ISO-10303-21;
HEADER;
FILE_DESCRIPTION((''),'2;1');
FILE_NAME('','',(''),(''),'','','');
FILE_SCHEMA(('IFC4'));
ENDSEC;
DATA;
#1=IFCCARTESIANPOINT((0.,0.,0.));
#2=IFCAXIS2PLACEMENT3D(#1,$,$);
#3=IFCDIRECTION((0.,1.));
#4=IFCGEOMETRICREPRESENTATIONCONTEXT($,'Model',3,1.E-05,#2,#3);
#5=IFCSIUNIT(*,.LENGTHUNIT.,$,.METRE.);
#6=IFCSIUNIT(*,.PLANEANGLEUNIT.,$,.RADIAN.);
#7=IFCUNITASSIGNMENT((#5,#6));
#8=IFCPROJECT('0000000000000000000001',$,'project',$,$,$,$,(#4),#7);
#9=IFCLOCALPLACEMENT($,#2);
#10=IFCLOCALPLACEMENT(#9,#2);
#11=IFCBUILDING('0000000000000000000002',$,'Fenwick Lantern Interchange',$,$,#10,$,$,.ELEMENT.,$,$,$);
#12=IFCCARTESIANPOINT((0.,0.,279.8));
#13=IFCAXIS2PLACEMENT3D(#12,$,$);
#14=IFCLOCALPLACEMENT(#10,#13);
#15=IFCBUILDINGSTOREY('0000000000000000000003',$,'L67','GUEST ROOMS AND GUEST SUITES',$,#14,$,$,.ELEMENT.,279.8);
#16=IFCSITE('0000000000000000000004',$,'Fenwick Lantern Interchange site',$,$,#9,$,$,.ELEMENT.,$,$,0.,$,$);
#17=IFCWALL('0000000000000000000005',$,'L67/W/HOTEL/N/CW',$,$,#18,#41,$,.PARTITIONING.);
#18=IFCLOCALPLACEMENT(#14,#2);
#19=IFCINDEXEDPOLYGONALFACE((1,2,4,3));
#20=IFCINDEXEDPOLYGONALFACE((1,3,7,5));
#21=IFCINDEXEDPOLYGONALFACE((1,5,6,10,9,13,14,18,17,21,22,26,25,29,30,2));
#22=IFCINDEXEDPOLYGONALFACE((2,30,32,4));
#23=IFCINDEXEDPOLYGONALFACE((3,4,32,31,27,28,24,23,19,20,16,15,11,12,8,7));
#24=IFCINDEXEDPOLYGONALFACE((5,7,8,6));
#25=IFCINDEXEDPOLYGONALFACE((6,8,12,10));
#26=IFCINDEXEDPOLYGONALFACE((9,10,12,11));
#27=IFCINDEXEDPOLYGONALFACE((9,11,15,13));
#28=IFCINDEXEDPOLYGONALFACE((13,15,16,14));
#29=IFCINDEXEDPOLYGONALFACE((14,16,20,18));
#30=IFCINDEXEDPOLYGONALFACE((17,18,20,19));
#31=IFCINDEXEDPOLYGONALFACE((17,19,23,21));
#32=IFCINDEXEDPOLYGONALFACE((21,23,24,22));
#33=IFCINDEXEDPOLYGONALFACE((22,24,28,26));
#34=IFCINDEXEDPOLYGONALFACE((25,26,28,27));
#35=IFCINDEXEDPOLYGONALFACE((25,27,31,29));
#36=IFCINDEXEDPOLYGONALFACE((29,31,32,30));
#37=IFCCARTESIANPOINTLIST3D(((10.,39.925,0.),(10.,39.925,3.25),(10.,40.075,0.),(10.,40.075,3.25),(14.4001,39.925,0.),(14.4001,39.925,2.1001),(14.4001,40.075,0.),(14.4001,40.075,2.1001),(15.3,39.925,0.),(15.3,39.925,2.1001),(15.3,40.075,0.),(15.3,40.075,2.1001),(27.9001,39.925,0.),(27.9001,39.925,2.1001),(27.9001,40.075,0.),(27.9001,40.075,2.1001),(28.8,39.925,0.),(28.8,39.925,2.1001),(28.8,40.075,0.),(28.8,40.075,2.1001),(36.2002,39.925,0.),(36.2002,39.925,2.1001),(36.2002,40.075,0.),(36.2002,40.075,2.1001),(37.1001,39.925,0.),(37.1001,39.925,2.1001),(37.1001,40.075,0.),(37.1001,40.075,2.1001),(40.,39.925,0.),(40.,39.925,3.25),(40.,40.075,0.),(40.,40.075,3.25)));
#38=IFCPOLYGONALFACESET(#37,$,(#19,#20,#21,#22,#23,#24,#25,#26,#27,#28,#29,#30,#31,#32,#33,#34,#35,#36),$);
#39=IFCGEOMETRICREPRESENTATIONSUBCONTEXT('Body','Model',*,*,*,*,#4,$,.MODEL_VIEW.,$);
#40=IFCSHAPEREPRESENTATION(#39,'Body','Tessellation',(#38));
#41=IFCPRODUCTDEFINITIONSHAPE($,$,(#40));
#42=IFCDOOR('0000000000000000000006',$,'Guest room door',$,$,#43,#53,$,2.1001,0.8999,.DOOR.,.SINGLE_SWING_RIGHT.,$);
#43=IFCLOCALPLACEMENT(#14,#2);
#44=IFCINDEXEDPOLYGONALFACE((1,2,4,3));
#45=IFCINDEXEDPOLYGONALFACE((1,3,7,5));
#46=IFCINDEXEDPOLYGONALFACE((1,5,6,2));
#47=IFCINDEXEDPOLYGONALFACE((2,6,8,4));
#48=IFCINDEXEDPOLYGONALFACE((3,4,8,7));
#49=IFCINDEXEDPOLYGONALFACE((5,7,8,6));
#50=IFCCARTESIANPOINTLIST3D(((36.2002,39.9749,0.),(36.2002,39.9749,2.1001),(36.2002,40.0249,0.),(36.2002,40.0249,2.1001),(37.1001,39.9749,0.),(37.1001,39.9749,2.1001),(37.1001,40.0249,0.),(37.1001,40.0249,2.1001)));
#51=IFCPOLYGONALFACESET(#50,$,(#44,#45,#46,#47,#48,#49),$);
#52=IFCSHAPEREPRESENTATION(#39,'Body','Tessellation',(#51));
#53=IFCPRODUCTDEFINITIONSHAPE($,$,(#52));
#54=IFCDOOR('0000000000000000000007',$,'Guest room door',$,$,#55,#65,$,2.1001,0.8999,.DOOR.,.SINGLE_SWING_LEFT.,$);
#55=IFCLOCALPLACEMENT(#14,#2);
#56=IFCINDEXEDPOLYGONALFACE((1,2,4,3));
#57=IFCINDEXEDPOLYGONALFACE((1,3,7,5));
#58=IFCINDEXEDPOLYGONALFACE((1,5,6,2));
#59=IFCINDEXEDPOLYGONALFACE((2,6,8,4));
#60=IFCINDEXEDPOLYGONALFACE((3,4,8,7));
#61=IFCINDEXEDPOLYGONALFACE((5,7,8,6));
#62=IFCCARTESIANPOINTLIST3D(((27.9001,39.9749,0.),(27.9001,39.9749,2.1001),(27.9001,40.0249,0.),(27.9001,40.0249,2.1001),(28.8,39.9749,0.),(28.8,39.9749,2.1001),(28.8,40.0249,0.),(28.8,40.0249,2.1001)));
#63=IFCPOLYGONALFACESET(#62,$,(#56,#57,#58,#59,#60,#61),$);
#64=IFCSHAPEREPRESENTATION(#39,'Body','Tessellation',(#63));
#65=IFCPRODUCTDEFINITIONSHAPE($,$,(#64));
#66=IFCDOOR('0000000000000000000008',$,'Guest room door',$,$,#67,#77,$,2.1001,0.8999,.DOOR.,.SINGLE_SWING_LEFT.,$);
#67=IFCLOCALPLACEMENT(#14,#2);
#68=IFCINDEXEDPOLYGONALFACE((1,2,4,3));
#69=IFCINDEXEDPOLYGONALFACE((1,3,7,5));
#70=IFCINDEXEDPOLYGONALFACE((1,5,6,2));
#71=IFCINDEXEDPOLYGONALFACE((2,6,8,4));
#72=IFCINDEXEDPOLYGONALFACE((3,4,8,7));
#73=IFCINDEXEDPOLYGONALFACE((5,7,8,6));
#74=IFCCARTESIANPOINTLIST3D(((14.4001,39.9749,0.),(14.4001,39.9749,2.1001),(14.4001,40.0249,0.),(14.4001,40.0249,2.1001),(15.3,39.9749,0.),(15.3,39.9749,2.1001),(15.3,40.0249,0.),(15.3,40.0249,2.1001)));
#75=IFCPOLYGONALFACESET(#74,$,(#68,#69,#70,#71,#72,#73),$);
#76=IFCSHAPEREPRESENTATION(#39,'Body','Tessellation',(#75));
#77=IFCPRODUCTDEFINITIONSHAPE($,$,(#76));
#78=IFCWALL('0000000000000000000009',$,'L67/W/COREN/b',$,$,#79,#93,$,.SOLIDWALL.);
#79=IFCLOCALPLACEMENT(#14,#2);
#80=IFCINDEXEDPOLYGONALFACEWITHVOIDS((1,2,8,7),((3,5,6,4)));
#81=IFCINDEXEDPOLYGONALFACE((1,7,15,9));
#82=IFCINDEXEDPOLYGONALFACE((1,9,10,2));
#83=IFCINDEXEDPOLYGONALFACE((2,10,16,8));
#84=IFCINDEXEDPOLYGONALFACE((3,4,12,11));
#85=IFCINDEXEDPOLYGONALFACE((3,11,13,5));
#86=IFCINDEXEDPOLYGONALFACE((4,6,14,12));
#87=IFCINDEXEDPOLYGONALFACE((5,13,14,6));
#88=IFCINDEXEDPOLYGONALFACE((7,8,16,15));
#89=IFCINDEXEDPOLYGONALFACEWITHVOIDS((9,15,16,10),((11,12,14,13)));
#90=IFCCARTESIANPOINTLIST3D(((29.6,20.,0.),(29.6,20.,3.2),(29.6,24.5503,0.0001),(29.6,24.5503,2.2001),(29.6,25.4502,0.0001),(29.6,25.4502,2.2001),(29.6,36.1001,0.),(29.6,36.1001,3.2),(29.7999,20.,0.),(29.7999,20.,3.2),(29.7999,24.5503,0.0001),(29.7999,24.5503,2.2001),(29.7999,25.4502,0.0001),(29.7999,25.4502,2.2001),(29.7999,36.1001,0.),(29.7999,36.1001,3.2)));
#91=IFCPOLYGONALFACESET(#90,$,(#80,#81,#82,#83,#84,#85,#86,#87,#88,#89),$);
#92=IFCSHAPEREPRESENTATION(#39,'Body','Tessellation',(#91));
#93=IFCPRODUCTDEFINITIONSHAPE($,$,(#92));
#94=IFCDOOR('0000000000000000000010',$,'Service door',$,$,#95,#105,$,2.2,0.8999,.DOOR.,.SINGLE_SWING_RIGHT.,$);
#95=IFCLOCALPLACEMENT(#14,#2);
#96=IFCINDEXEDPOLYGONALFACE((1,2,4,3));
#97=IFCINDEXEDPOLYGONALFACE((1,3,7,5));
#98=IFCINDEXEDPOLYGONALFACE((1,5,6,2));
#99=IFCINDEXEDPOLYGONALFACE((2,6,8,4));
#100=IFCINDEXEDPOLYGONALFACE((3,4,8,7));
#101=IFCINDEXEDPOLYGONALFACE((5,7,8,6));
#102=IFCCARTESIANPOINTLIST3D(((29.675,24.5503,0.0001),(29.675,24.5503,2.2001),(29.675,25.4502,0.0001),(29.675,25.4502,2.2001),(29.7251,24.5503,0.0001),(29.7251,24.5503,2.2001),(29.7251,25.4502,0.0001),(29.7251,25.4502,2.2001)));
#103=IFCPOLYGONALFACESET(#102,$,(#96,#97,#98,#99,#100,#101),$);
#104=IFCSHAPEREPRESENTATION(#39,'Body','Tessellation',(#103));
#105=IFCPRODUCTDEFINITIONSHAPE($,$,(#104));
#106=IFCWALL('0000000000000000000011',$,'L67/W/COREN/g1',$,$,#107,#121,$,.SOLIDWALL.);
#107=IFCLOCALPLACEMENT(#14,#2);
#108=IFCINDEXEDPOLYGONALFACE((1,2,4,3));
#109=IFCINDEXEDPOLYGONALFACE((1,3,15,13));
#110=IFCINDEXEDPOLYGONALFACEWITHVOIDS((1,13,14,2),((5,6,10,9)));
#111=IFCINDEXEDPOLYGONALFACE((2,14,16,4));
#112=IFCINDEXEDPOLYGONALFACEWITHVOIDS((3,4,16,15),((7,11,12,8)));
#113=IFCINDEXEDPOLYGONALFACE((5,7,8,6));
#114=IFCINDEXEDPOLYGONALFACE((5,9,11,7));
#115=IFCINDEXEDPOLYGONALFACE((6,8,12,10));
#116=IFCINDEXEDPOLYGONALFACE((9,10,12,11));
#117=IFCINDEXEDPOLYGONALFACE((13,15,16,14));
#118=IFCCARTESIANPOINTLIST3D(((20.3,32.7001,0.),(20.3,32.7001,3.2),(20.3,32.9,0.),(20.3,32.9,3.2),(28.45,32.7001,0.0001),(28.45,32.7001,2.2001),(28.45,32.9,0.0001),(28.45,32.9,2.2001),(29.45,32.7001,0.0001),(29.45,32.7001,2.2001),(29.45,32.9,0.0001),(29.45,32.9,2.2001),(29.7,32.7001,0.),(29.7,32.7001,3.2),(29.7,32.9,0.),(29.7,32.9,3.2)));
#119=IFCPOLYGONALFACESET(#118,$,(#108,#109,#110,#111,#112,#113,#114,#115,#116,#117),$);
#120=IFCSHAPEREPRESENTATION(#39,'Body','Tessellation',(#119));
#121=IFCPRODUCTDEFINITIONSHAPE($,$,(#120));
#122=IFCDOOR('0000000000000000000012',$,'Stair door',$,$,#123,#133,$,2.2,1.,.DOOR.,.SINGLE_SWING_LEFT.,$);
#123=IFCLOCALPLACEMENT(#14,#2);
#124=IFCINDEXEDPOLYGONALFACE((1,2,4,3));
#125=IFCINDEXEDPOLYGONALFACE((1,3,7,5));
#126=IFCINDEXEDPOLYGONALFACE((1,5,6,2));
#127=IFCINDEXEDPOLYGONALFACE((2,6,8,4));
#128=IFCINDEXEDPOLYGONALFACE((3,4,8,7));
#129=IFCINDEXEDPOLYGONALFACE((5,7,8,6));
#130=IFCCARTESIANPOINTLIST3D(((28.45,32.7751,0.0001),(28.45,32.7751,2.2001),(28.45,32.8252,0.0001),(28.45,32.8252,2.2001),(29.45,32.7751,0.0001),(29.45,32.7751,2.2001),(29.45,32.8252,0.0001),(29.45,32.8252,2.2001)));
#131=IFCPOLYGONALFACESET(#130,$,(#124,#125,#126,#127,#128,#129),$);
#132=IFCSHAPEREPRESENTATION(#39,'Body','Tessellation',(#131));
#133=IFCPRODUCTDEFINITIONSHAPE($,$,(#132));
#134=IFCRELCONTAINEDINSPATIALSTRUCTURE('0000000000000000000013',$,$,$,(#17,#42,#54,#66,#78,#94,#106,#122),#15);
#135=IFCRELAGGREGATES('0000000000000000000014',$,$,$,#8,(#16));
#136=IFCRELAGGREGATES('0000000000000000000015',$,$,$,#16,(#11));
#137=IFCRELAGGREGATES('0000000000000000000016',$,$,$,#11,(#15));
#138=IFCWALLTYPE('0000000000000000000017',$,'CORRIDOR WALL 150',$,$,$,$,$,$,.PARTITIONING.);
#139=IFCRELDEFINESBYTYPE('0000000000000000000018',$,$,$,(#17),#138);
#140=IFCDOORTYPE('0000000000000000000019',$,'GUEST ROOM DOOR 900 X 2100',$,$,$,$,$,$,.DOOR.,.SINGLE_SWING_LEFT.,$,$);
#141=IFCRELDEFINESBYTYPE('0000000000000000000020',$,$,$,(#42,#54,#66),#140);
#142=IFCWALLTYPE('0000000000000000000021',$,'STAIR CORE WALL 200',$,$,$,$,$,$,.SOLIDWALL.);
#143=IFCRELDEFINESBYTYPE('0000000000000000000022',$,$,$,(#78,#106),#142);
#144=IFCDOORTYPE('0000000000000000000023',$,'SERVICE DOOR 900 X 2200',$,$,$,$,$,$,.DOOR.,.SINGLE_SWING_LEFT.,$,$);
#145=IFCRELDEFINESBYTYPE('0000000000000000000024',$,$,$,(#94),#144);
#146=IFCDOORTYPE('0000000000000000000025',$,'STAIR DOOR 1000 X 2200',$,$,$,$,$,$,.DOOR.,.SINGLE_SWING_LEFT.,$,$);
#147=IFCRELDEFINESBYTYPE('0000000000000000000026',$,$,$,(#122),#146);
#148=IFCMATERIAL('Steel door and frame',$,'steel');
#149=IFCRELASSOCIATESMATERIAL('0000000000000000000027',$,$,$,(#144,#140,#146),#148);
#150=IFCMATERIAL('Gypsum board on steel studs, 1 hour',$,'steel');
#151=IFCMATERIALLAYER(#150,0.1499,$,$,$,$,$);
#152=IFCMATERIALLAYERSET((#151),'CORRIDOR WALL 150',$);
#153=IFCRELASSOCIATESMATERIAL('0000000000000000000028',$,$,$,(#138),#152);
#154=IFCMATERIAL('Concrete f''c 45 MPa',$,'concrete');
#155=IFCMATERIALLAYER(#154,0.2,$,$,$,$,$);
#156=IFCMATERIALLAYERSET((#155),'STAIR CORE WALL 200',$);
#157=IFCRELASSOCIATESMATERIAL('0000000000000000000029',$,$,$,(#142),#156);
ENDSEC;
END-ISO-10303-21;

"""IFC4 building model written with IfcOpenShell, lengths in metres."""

from ifc_helpers import new_model, si_unit, direction, frame, frame_2d, origin, place, context, subcontext, project, spatial, rectangle, extrude, material, layer, layer_set, type_object, element, fill, save


model = new_model("IFC4")

# Units and contexts
model_context = context("Model", 3, precision=1e-05, world=origin(), true_north=direction((0.0, 1.0)))
body_context = subcontext(model_context, "Body", "Model", "MODEL_VIEW")
ifc_project = project(units=[si_unit("LENGTHUNIT", "METRE"), si_unit("PLANEANGLEUNIT", "RADIAN")], contexts=[model_context])

# Site, building, storey
site_placement = place(None, origin())
site = spatial("IfcSite", under=ifc_project, at=site_placement, Name="Fenwick Lantern Interchange site", CompositionType="ELEMENT", RefElevation=0.0)
building_placement = place(site_placement, origin())
building = spatial("IfcBuilding", under=site, at=building_placement, Name="Fenwick Lantern Interchange", CompositionType="ELEMENT")
storey_placement = place(building_placement, frame((0.0, 0.0, 279.8)))
storey = spatial("IfcBuildingStorey", under=building, at=storey_placement, Name="L67", Description="GUEST ROOMS AND GUEST SUITES", CompositionType="ELEMENT", Elevation=279.8)

# Shared definitions
ifc_material_1 = material(Name="Steel door and frame", Category="steel")
door_type_1 = type_object("IfcDoorType", Name="SERVICE DOOR 900 X 2200", OperationType="SINGLE_SWING_LEFT", PredefinedType="DOOR", material=ifc_material_1)

# Wall, openings, doors
ifc_material_2 = material(Name="Gypsum board on steel studs, 1 hour", Category="steel")
ifc_layer_1 = layer(ifc_material_2, 0.1499)
ifc_layer_set_1 = layer_set([ifc_layer_1], Name="CORRIDOR WALL 150")
wall_type_1 = type_object("IfcWallType", Name="CORRIDOR WALL 150", PredefinedType="PARTITIONING", material=ifc_layer_set_1)
wall_1_placement = place(storey_placement, frame((40.0, 40.0, 0.0), z_axis=(0.0, 0.0, 1.0), x_axis=(-1.0, 0.0, 0.0)))
wall_1 = element("IfcWall", 1, at=wall_1_placement, inside=storey, type_object=wall_type_1, Name="L67/W/HOTEL/N/CW", PredefinedType="PARTITIONING", context=body_context, shape_type="SweptSolid", body=[
    extrude(rectangle(XDim=30.0, YDim=0.1499, at=frame_2d((15.0, 0.0))), origin(), (0.0, 0.0, 1.0), 3.25),
])
opening_1_placement = place(wall_1_placement, frame((2.8999, 0.0, 0.0)))
opening_1 = element("IfcOpeningElement", 2, at=opening_1_placement, cuts=wall_1, PredefinedType="OPENING", context=body_context, shape_type="SweptSolid", body=[
    extrude(rectangle(XDim=0.8999, YDim=2.1001, at=frame_2d((0.45, 1.05))), frame((0.0, 0.085, 0.0), z_axis=(0.0, -1.0, 0.0), x_axis=(1.0, 0.0, 0.0)), (0.0, 0.0, 1.0), 0.1699),
])
opening_2_placement = place(wall_1_placement, frame((11.2, 0.0, 0.0)))
opening_2 = element("IfcOpeningElement", 3, at=opening_2_placement, cuts=wall_1, PredefinedType="OPENING", context=body_context, shape_type="SweptSolid", body=[
    extrude(rectangle(XDim=0.8999, YDim=2.1001, at=frame_2d((0.45, 1.05))), frame((0.0, 0.085, 0.0), z_axis=(0.0, -1.0, 0.0), x_axis=(1.0, 0.0, 0.0)), (0.0, 0.0, 1.0), 0.1699),
])
opening_3_placement = place(wall_1_placement, frame((24.7, 0.0, 0.0)))
opening_3 = element("IfcOpeningElement", 4, at=opening_3_placement, cuts=wall_1, PredefinedType="OPENING", context=body_context, shape_type="SweptSolid", body=[
    extrude(rectangle(XDim=0.8999, YDim=2.1001, at=frame_2d((0.45, 1.05))), frame((0.0, 0.085, 0.0), z_axis=(0.0, -1.0, 0.0), x_axis=(1.0, 0.0, 0.0)), (0.0, 0.0, 1.0), 0.1699),
])
door_type_2 = type_object("IfcDoorType", Name="GUEST ROOM DOOR 900 X 2100", OperationType="SINGLE_SWING_LEFT", PredefinedType="DOOR", material=ifc_material_1)
door_1_placement = place(opening_1_placement, frame((0.8999, 0.0, 0.0), z_axis=(0.0, 0.0, 1.0), x_axis=(-1.0, 0.0, 0.0)))
door_1 = element("IfcDoor", 5, at=door_1_placement, inside=storey, type_object=door_type_2, Name="Guest room door", OperationType="SINGLE_SWING_RIGHT", OverallHeight=2.1001, OverallWidth=0.8999, PredefinedType="DOOR", context=body_context, shape_type="SweptSolid", body=[
    extrude(rectangle(XDim=0.8999, YDim=2.1001, at=frame_2d((0.45, 1.05))), frame((0.0, 0.0249, 0.0), z_axis=(0.0, -1.0, 0.0), x_axis=(1.0, 0.0, 0.0)), (0.0, 0.0, 1.0), 0.05),
])
fill(opening_1, door_1)
door_2_placement = place(opening_2_placement, frame((0.8999, 0.0, 0.0), z_axis=(0.0, 0.0, 1.0), x_axis=(-1.0, 0.0, 0.0)))
door_2 = element("IfcDoor", 6, at=door_2_placement, inside=storey, type_object=door_type_2, Name="Guest room door", OperationType="SINGLE_SWING_LEFT", OverallHeight=2.1001, OverallWidth=0.8999, PredefinedType="DOOR", context=body_context, shape_type="SweptSolid", body=[
    extrude(rectangle(XDim=0.8999, YDim=2.1001, at=frame_2d((0.45, 1.05))), frame((0.0, 0.0249, 0.0), z_axis=(0.0, -1.0, 0.0), x_axis=(1.0, 0.0, 0.0)), (0.0, 0.0, 1.0), 0.05),
])
fill(opening_2, door_2)
door_3_placement = place(opening_3_placement, frame((0.8999, 0.0, 0.0), z_axis=(0.0, 0.0, 1.0), x_axis=(-1.0, 0.0, 0.0)))
door_3 = element("IfcDoor", 7, at=door_3_placement, inside=storey, type_object=door_type_2, Name="Guest room door", OperationType="SINGLE_SWING_LEFT", OverallHeight=2.1001, OverallWidth=0.8999, PredefinedType="DOOR", context=body_context, shape_type="SweptSolid", body=[
    extrude(rectangle(XDim=0.8999, YDim=2.1001, at=frame_2d((0.45, 1.05))), frame((0.0, 0.0249, 0.0), z_axis=(0.0, -1.0, 0.0), x_axis=(1.0, 0.0, 0.0)), (0.0, 0.0, 1.0), 0.05),
])
fill(opening_3, door_3)

# Walls, openings, doors
ifc_material_3 = material(Name="Concrete f'c 45 MPa", Category="concrete")
ifc_layer_2 = layer(ifc_material_3, 0.2)
ifc_layer_set_2 = layer_set([ifc_layer_2], Name="STAIR CORE WALL 200")
wall_type_2 = type_object("IfcWallType", Name="STAIR CORE WALL 200", PredefinedType="SOLIDWALL", material=ifc_layer_set_2)
wall_2_placement = place(storey_placement, frame((29.7, 36.1001, 0.0), z_axis=(0.0, 0.0, 1.0), x_axis=(0.0, -1.0, 0.0)))
wall_2 = element("IfcWall", 8, at=wall_2_placement, inside=storey, type_object=wall_type_2, Name="L67/W/COREN/b", PredefinedType="SOLIDWALL", context=body_context, shape_type="SweptSolid", body=[
    extrude(rectangle(XDim=16.1001, YDim=0.2, at=frame_2d((8.05, 0.0))), origin(), (0.0, 0.0, 1.0), 3.2),
])
opening_4_placement = place(wall_2_placement, frame((10.6499, 0.0, 0.0)))
opening_4 = element("IfcOpeningElement", 9, at=opening_4_placement, cuts=wall_2, PredefinedType="OPENING", context=body_context, shape_type="SweptSolid", body=[
    extrude(rectangle(XDim=0.8999, YDim=2.2, at=frame_2d((0.45, 1.1001))), frame((0.0, 0.1099, 0.0), z_axis=(0.0, -1.0, 0.0), x_axis=(1.0, 0.0, 0.0)), (0.0, 0.0, 1.0), 0.22),
])
door_4_placement = place(opening_4_placement, frame((0.8999, 0.0, 0.0), z_axis=(0.0, 0.0, 1.0), x_axis=(-1.0, 0.0, 0.0)))
door_4 = element("IfcDoor", 10, at=door_4_placement, inside=storey, type_object=door_type_1, Name="Service door", OperationType="SINGLE_SWING_RIGHT", OverallHeight=2.2, OverallWidth=0.8999, PredefinedType="DOOR", context=body_context, shape_type="SweptSolid", body=[
    extrude(rectangle(XDim=0.8999, YDim=2.2, at=frame_2d((0.45, 1.1001))), frame((0.0, 0.0249, 0.0), z_axis=(0.0, -1.0, 0.0), x_axis=(1.0, 0.0, 0.0)), (0.0, 0.0, 1.0), 0.05),
])
fill(opening_4, door_4)
wall_3_placement = place(storey_placement, frame((29.7, 32.8, 0.0), z_axis=(0.0, 0.0, 1.0), x_axis=(-1.0, 0.0, 0.0)))
wall_3 = element("IfcWall", 11, at=wall_3_placement, inside=storey, type_object=wall_type_2, Name="L67/W/COREN/g1", PredefinedType="SOLIDWALL", context=body_context, shape_type="SweptSolid", body=[
    extrude(rectangle(XDim=9.3999, YDim=0.2, at=frame_2d((4.7, 0.0))), origin(), (0.0, 0.0, 1.0), 3.2),
])
opening_5_placement = place(wall_3_placement, frame((0.25, 0.0, 0.0)))
opening_5 = element("IfcOpeningElement", 12, at=opening_5_placement, cuts=wall_3, PredefinedType="OPENING", context=body_context, shape_type="SweptSolid", body=[
    extrude(rectangle(XDim=1.0, YDim=2.2, at=frame_2d((0.5, 1.1001))), frame((0.0, 0.1099, 0.0), z_axis=(0.0, -1.0, 0.0), x_axis=(1.0, 0.0, 0.0)), (0.0, 0.0, 1.0), 0.22),
])
door_type_3 = type_object("IfcDoorType", Name="STAIR DOOR 1000 X 2200", OperationType="SINGLE_SWING_LEFT", PredefinedType="DOOR", material=ifc_material_1)
door_5_placement = place(opening_5_placement, origin())
door_5 = element("IfcDoor", 13, at=door_5_placement, inside=storey, type_object=door_type_3, Name="Stair door", OperationType="SINGLE_SWING_LEFT", OverallHeight=2.2, OverallWidth=1.0, PredefinedType="DOOR", context=body_context, shape_type="SweptSolid", body=[
    extrude(rectangle(XDim=1.0, YDim=2.2, at=frame_2d((0.5, 1.1001))), frame((0.0, 0.0249, 0.0), z_axis=(0.0, -1.0, 0.0), x_axis=(1.0, 0.0, 0.0)), (0.0, 0.0, 1.0), 0.05),
])
fill(opening_5, door_5)

save(model, "model.ifc")
